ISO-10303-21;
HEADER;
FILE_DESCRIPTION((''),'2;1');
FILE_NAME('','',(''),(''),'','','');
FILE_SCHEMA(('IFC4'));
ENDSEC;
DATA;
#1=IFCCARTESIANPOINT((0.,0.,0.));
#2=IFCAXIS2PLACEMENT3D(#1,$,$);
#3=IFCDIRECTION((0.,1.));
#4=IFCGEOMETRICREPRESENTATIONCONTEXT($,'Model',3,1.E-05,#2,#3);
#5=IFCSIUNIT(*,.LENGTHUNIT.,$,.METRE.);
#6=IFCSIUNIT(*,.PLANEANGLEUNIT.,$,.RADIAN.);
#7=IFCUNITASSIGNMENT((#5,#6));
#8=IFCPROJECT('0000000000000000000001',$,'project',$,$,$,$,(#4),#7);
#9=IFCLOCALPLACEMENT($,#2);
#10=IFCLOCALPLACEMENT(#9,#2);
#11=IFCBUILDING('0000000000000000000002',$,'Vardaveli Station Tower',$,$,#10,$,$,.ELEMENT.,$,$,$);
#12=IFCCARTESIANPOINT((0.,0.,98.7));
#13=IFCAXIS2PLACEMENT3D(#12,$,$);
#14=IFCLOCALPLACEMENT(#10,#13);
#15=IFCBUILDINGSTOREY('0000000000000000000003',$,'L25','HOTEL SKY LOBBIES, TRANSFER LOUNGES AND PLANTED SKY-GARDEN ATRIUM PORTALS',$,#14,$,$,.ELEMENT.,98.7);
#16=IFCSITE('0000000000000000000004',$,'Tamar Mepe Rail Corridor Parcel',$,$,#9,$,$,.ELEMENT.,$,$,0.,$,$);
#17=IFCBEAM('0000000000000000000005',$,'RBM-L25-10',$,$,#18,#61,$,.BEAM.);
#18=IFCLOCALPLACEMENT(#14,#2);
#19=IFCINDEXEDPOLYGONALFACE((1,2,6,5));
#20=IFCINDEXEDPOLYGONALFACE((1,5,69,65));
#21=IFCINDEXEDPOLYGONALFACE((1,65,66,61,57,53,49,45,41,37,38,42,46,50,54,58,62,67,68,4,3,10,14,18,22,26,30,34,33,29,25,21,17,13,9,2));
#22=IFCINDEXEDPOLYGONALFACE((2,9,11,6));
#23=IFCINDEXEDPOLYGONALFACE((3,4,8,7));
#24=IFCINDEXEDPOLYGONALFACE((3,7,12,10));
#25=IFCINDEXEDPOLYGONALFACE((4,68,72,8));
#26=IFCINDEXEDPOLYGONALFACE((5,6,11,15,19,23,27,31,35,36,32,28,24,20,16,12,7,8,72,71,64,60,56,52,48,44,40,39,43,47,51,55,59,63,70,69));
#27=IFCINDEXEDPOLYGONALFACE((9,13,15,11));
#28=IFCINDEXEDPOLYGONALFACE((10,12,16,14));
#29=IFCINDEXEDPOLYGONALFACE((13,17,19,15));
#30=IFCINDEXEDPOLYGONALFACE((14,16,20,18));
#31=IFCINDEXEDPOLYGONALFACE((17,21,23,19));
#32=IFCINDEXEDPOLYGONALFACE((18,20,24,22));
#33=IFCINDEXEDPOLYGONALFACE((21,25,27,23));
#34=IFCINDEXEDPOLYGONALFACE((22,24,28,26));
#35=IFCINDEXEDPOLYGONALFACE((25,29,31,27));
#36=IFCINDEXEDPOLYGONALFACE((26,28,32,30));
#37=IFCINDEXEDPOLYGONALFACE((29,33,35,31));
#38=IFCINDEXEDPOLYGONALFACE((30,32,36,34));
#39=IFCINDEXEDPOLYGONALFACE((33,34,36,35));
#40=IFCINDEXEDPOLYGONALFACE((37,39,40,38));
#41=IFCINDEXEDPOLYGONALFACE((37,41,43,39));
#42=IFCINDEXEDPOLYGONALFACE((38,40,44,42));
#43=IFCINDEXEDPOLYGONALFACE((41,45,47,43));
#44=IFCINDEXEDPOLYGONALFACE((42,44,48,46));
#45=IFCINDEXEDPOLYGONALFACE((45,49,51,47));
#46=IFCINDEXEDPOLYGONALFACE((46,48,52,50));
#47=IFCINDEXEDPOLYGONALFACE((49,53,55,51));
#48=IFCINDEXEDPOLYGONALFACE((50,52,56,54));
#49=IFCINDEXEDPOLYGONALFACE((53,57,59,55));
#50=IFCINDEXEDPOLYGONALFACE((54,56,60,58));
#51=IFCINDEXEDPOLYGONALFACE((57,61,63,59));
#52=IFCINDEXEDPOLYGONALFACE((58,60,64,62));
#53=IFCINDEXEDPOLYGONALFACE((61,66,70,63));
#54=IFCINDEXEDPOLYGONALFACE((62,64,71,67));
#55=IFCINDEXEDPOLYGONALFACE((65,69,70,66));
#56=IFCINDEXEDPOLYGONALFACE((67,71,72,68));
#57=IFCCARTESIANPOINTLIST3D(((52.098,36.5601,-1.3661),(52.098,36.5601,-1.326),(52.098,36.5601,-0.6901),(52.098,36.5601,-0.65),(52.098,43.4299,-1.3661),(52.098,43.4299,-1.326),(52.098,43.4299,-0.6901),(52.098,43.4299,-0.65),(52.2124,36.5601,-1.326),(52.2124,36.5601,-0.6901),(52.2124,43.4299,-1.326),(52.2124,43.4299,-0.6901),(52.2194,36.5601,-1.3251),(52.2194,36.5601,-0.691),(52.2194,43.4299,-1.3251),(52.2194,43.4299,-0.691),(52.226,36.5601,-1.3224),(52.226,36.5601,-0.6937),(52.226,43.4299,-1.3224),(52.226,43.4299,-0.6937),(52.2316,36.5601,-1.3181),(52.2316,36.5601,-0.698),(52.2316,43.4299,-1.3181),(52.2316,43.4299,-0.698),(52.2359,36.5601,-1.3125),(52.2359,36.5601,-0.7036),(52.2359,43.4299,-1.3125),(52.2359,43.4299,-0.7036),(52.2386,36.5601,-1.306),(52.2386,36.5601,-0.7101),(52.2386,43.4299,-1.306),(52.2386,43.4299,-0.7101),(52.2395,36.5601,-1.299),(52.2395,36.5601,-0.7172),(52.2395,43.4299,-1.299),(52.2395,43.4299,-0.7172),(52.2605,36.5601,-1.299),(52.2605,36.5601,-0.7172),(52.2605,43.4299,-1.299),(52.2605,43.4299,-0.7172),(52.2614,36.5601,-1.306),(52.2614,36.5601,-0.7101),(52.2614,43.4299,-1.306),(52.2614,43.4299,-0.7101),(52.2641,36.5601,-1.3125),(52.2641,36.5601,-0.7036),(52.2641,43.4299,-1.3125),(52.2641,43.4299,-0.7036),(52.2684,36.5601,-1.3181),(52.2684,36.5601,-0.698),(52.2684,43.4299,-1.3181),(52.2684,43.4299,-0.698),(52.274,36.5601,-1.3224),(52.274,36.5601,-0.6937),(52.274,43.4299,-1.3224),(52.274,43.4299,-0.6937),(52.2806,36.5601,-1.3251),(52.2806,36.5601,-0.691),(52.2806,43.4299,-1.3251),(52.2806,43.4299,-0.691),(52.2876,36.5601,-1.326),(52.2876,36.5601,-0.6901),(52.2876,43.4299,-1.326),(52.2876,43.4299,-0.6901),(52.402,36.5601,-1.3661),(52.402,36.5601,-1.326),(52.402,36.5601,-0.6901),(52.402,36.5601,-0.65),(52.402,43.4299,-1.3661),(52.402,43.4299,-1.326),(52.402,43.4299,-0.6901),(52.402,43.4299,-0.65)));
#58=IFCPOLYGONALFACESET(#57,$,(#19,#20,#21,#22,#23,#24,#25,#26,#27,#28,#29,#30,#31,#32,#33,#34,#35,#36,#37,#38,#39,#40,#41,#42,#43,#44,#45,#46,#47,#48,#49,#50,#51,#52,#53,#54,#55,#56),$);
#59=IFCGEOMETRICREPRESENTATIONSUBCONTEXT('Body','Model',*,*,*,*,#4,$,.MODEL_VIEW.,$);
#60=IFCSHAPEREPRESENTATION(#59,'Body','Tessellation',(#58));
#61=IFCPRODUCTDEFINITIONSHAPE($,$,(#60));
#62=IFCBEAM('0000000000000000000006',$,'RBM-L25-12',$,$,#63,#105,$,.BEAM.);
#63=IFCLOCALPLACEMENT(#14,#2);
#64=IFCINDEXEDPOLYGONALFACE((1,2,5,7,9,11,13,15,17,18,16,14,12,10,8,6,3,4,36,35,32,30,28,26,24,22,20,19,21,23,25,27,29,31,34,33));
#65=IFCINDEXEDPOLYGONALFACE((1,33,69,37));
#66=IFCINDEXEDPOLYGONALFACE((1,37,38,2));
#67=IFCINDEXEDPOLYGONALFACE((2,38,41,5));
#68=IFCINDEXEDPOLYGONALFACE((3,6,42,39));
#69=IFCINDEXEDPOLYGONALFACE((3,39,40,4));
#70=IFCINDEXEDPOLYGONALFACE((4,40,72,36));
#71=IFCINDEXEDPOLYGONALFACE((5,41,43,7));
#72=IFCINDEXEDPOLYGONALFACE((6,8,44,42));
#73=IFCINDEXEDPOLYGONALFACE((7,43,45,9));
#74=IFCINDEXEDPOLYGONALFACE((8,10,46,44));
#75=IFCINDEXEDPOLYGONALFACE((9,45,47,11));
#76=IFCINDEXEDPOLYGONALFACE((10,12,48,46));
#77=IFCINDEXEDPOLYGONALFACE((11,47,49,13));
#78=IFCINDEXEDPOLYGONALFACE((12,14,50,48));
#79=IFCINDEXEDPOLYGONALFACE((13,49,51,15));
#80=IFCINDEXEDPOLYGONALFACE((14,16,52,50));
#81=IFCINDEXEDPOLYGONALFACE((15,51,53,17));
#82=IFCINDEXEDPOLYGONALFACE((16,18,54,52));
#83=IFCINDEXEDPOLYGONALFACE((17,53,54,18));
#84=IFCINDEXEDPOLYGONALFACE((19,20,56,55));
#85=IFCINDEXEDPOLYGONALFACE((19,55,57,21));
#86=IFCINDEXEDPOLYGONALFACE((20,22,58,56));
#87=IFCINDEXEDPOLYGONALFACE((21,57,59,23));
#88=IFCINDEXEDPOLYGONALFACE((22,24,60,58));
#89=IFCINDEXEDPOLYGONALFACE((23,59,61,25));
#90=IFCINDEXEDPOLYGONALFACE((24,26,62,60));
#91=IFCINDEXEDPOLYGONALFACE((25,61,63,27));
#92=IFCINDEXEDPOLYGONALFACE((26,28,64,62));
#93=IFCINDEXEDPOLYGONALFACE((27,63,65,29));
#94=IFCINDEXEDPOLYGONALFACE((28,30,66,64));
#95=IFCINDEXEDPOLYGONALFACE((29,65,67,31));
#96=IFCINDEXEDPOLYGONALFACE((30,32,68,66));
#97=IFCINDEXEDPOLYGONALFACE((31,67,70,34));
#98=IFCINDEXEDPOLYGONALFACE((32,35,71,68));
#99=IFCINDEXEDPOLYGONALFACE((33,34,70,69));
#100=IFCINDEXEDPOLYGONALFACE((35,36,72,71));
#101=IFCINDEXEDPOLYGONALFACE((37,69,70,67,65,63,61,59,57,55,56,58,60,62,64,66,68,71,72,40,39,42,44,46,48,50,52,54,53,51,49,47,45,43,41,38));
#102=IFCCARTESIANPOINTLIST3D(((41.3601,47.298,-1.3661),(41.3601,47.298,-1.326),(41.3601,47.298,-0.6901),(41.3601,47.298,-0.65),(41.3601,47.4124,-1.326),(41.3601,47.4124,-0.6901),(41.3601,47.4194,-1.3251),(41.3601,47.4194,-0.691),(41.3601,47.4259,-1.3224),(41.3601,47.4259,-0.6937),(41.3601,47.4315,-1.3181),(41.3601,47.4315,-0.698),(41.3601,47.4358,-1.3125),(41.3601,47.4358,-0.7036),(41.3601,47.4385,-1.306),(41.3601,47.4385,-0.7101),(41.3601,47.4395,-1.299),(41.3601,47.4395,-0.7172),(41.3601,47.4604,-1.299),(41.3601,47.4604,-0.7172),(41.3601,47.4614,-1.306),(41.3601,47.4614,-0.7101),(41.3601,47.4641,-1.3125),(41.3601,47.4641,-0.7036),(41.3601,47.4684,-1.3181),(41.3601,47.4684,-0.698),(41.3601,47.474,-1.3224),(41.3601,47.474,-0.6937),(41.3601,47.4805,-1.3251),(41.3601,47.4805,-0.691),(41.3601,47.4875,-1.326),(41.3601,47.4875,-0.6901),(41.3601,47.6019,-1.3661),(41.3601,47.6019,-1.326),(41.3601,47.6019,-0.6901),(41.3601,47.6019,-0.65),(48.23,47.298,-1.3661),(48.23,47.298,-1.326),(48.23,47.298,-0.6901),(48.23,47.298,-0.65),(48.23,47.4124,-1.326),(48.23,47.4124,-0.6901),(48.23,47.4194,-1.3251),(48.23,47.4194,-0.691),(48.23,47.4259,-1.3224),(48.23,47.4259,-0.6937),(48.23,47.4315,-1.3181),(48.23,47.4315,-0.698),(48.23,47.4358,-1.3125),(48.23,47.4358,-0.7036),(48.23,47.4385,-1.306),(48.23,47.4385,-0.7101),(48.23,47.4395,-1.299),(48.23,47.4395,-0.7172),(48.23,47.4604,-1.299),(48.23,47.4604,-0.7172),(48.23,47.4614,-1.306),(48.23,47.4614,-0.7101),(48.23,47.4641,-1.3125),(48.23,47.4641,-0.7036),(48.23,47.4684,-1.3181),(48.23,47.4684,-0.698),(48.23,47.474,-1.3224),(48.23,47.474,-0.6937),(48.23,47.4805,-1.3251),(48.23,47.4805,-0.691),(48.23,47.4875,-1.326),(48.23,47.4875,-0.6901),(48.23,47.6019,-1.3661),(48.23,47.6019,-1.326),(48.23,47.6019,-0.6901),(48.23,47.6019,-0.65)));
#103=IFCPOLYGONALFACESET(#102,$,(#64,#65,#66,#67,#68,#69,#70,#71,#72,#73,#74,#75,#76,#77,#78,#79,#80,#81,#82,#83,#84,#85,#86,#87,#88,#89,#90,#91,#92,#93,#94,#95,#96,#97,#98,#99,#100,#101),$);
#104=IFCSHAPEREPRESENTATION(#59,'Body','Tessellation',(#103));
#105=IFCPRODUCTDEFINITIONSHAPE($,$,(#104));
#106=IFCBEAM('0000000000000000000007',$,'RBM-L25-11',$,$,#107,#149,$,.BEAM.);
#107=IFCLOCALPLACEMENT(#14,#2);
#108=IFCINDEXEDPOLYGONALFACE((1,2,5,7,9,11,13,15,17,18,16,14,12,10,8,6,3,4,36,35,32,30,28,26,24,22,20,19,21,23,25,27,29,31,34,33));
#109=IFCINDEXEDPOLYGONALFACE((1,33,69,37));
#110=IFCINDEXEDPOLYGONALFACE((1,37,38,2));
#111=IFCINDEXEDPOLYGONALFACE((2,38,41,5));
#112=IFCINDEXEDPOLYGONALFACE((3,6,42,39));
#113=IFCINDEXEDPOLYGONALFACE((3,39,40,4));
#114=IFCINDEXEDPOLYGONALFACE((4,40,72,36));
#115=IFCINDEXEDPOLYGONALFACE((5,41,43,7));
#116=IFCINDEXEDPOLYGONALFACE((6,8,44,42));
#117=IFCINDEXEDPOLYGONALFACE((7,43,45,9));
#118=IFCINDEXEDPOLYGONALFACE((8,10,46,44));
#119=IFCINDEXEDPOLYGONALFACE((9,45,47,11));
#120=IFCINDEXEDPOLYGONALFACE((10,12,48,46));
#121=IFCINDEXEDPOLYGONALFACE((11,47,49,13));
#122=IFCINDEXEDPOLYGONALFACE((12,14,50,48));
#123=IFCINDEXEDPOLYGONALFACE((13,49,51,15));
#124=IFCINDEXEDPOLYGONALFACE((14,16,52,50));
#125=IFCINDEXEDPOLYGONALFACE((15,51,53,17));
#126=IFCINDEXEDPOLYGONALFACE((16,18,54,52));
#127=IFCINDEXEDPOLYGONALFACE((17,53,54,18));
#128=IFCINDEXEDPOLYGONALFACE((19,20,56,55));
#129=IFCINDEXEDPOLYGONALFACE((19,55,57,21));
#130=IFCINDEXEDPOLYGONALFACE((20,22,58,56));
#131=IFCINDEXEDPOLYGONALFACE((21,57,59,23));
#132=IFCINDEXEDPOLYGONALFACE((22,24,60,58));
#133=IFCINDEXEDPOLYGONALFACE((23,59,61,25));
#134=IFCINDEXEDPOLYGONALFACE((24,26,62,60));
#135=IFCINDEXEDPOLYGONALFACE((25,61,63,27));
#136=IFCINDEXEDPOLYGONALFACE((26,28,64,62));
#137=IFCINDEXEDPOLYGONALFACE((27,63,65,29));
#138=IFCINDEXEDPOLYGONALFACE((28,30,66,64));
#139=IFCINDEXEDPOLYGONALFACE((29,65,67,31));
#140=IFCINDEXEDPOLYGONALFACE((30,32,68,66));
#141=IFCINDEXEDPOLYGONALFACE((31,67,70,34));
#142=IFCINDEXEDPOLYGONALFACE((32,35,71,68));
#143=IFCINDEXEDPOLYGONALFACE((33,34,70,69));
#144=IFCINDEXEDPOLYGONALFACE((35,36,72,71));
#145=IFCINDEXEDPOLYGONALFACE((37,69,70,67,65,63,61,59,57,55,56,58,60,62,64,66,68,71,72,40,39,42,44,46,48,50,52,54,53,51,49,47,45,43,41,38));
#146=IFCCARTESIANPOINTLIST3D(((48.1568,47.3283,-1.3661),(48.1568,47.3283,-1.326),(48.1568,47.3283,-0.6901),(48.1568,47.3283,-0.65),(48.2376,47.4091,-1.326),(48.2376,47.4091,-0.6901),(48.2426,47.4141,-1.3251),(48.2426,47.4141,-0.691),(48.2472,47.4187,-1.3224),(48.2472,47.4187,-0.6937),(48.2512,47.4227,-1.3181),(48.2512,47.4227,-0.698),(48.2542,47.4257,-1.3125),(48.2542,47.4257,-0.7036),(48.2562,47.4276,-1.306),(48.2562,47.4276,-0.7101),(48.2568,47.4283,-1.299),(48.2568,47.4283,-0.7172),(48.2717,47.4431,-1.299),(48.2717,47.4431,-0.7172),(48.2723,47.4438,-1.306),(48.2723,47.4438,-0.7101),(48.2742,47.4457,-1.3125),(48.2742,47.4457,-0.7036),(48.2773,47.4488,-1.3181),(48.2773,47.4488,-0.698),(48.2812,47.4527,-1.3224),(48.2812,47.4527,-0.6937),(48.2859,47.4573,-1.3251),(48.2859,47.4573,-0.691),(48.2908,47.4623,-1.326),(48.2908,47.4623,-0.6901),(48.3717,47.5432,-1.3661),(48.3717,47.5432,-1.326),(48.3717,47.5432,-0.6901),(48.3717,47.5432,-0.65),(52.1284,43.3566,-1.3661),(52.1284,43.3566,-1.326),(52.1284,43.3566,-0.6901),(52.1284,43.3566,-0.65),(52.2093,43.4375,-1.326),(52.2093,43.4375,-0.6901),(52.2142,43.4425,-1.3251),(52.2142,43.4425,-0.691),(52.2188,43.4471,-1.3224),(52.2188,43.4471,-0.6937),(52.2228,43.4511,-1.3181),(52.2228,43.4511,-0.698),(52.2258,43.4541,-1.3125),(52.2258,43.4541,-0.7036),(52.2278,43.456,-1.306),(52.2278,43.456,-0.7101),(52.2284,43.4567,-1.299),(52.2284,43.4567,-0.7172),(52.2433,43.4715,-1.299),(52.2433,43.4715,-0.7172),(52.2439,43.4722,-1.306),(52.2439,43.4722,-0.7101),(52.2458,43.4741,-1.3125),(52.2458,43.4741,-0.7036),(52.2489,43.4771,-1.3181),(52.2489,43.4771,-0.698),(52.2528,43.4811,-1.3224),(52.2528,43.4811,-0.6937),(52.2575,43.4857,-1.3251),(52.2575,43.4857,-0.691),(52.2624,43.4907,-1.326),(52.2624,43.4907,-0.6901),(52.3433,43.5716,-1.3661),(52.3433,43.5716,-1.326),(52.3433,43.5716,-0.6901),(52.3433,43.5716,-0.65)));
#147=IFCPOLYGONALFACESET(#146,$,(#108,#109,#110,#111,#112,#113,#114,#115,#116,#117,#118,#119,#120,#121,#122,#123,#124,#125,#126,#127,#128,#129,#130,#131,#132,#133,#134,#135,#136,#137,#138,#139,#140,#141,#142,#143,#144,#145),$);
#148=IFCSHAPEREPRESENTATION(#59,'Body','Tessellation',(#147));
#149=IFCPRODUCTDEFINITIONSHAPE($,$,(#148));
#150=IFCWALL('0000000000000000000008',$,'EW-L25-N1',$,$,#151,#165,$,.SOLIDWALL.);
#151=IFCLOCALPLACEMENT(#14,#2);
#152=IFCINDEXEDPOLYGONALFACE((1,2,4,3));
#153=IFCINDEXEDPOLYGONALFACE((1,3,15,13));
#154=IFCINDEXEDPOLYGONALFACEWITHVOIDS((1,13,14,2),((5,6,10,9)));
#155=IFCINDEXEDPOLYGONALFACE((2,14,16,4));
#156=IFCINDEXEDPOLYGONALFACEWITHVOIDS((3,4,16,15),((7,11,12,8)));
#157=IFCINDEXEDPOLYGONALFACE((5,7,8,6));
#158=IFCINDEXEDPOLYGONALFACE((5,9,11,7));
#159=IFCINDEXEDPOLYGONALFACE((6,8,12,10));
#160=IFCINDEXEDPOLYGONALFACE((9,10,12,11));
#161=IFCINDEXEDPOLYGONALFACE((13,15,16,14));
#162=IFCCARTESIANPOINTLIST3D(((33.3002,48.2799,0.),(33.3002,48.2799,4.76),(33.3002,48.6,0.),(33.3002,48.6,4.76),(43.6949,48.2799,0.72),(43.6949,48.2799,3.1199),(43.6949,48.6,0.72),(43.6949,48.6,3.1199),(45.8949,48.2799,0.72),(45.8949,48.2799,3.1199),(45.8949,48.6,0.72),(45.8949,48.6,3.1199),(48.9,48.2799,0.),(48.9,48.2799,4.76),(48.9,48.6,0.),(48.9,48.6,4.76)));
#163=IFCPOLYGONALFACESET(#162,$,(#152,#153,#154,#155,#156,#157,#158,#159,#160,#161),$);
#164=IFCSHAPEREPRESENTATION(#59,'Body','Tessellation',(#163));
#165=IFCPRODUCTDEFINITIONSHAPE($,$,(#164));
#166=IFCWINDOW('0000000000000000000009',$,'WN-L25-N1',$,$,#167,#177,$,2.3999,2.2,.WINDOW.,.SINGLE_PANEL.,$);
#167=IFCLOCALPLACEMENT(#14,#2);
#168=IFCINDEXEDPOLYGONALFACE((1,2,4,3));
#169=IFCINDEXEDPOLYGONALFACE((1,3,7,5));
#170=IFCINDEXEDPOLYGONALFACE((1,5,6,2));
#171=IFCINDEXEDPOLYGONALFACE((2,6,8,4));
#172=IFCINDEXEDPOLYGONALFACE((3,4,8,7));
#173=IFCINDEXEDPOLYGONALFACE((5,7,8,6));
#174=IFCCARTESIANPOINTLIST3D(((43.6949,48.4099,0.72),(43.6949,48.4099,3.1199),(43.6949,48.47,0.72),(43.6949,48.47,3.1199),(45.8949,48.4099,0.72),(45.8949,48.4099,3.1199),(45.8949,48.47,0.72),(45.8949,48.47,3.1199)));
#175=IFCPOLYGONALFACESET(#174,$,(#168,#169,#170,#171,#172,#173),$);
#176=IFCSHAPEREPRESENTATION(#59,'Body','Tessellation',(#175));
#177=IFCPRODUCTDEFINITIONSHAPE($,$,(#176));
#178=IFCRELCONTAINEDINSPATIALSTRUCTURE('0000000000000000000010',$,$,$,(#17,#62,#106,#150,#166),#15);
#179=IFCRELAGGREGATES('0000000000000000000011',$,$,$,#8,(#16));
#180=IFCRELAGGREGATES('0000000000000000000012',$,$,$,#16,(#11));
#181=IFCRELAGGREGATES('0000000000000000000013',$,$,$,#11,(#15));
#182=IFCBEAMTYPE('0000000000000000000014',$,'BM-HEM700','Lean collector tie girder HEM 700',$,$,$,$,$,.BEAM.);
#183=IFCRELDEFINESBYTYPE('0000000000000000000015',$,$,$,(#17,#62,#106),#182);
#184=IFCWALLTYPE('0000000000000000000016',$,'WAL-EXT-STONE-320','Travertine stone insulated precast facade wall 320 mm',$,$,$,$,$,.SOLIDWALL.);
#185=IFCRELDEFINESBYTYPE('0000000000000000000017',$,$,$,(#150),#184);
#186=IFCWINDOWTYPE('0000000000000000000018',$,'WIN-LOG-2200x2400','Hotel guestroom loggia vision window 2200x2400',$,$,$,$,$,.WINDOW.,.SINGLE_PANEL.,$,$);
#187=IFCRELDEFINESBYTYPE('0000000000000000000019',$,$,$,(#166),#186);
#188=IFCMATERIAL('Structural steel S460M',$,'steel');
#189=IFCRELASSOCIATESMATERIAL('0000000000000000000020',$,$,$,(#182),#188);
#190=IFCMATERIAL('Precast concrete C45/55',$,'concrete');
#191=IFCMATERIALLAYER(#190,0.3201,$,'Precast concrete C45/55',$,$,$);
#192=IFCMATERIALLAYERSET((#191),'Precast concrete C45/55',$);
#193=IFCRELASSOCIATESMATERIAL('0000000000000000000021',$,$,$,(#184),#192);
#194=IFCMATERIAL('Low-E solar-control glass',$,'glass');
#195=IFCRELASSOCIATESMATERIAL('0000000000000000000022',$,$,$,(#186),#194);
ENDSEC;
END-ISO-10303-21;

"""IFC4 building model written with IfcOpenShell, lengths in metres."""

from ifc_helpers import new_model, si_unit, direction, frame, frame_2d, origin, origin_2d, place, context, subcontext, project, spatial, rectangle, i_section, extrude, source, transform, mapped, material, layer, layer_set, material_profile, profile_set, type_object, element, fill, save


model = new_model("IFC4")

# Units and contexts
model_context = context("Model", 3, precision=1e-05, world=origin(), true_north=direction((0.0, 1.0)))
body_context = subcontext(model_context, "Body", "Model", "MODEL_VIEW")
ifc_project = project(units=[si_unit("LENGTHUNIT", "METRE"), si_unit("PLANEANGLEUNIT", "RADIAN")], contexts=[model_context])

# Site, building, storey
site_placement = place(None, origin())
site = spatial("IfcSite", under=ifc_project, at=site_placement, Name="Tamar Mepe Rail Corridor Parcel", CompositionType="ELEMENT", RefElevation=0.0)
building_placement = place(site_placement, origin())
building = spatial("IfcBuilding", under=site, at=building_placement, Name="Vardaveli Station Tower", CompositionType="ELEMENT")
storey_placement = place(building_placement, frame((0.0, 0.0, 98.7)))
storey = spatial("IfcBuildingStorey", under=building, at=storey_placement, Name="L25", Description="HOTEL SKY LOBBIES, TRANSFER LOUNGES AND PLANTED SKY-GARDEN ATRIUM PORTALS", CompositionType="ELEMENT", Elevation=98.7)

# Shared definitions
ifc_material_1 = material(Name="Structural steel S460M", Category="steel")

# Beams
ifc_material_profile_1 = material_profile(ifc_material_1, i_section(OverallWidth=0.304, OverallDepth=0.7161, WebThickness=0.021, FlangeThickness=0.04, FilletRadius=0.0271, at=origin_2d()), Name="HEM 700")
ifc_profile_set_1 = profile_set([ifc_material_profile_1], Name="Structural steel S460M")
beam_type = type_object("IfcBeamType", Name="BM-HEM700", Description="Lean collector tie girder HEM 700", PredefinedType="BEAM", material=ifc_profile_set_1)
shared_shape_1 = source(origin(), body_context, "Body", "SweptSolid", [
    extrude(i_section(OverallWidth=0.304, OverallDepth=0.7161, WebThickness=0.021, FlangeThickness=0.04, FilletRadius=0.0271, at=origin_2d()), origin(), (0.0, 0.0, 1.0), 6.8699),
])
for number, where, z_axis, x_axis, name in (
    (1, (52.25, 36.5601, -1.0081), (0.0, 1.0, 0.0), (-1.0, 0.0, 0.0), "RBM-L25-10"),
    (2, (48.23, 47.45, -1.0081), (-1.0, 0.0, 0.0), (0.0, -1.0, 0.0), "RBM-L25-12"),
):
    element("IfcBeam", number, at=place(storey_placement, frame(where, z_axis=z_axis, x_axis=x_axis)), inside=storey, type_object=beam_type, Name=name, PredefinedType="BEAM", context=body_context, shape_type="MappedRepresentation", body=[
        mapped(shared_shape_1, transform((0.0, 0.0, 0.0), scale=1.0)),
    ])
shared_shape_2 = source(origin(), body_context, "Body", "SweptSolid", [
    extrude(i_section(OverallWidth=0.304, OverallDepth=0.7161, WebThickness=0.021, FlangeThickness=0.04, FilletRadius=0.0271, at=origin_2d()), origin(), (0.0, 0.0, 1.0), 5.6167),
])
beam_placement = place(storey_placement, frame((52.2358, 43.4641, -1.0081), z_axis=(-0.707107, 0.707107, 0.0), x_axis=(-0.707107, -0.707107, 0.0)))
element("IfcBeam", 3, at=beam_placement, inside=storey, type_object=beam_type, Name="RBM-L25-11", PredefinedType="BEAM", context=body_context, shape_type="MappedRepresentation", body=[
    mapped(shared_shape_2, transform((0.0, 0.0, 0.0), scale=1.0)),
])

# Wall, opening, window
ifc_material_2 = material(Name="Precast concrete C45/55", Category="concrete")
ifc_layer_1 = layer(ifc_material_2, 0.3201, Name="Precast concrete C45/55")
ifc_layer_set_1 = layer_set([ifc_layer_1], Name="Precast concrete C45/55")
wall_type_1 = type_object("IfcWallType", Name="WAL-EXT-STONE-320", Description="Travertine stone insulated precast facade wall 320 mm", PredefinedType="SOLIDWALL", material=ifc_layer_set_1)
shared_shape_3 = source(origin(), body_context, "Body", "SweptSolid", [
    extrude(rectangle(XDim=15.5999, YDim=0.3201, at=frame_2d((7.7998, 0.0))), origin(), (0.0, 0.0, 1.0), 4.76),
])
wall_1_placement = place(storey_placement, frame((48.8999, 48.4399, 0.0), z_axis=(0.0, 0.0, 1.0), x_axis=(-1.0, 0.0, 0.0)))
wall_1 = element("IfcWall", 4, at=wall_1_placement, inside=storey, type_object=wall_type_1, Name="EW-L25-N1", PredefinedType="SOLIDWALL", context=body_context, shape_type="MappedRepresentation", body=[
    mapped(shared_shape_3, transform((0.0, 0.0, 0.0), scale=1.0)),
])
shared_shape_4 = source(origin(), body_context, "Body", "SweptSolid", [
    extrude(rectangle(XDim=2.2, YDim=2.3999, at=frame_2d((1.1001, 1.2))), frame((0.0, 0.1699, 0.0), z_axis=(0.0, -1.0, 0.0), x_axis=(1.0, 0.0, 0.0)), (0.0, 0.0, 1.0), 0.3401),
])
opening_placement = place(wall_1_placement, frame((3.0049, 0.0, 0.72)))
opening = element("IfcOpeningElement", 5, at=opening_placement, cuts=wall_1, PredefinedType="OPENING", context=body_context, shape_type="MappedRepresentation", body=[
    mapped(shared_shape_4, transform((0.0, 0.0, 0.0), scale=1.0)),
])
ifc_material_3 = material(Name="Low-E solar-control glass", Category="glass")
window_type = type_object("IfcWindowType", Name="WIN-LOG-2200x2400", Description="Hotel guestroom loggia vision window 2200x2400", PartitioningType="SINGLE_PANEL", PredefinedType="WINDOW", material=ifc_material_3)
shared_shape_5 = source(origin(), body_context, "Body", "SweptSolid", [
    extrude(rectangle(XDim=2.2, YDim=2.3999, at=frame_2d((1.1001, 1.2))), frame((0.0, 0.03, 0.0), z_axis=(0.0, -1.0, 0.0), x_axis=(1.0, 0.0, 0.0)), (0.0, 0.0, 1.0), 0.0601),
])
window_placement = place(opening_placement, origin())
window = element("IfcWindow", 6, at=window_placement, inside=storey, type_object=window_type, Name="WN-L25-N1", OverallHeight=2.3999, OverallWidth=2.2, PartitioningType="SINGLE_PANEL", PredefinedType="WINDOW", context=body_context, shape_type="MappedRepresentation", body=[
    mapped(shared_shape_5, transform((0.0, 0.0, 0.0), scale=1.0)),
])
fill(opening, window)

save(model, "model.ifc")
